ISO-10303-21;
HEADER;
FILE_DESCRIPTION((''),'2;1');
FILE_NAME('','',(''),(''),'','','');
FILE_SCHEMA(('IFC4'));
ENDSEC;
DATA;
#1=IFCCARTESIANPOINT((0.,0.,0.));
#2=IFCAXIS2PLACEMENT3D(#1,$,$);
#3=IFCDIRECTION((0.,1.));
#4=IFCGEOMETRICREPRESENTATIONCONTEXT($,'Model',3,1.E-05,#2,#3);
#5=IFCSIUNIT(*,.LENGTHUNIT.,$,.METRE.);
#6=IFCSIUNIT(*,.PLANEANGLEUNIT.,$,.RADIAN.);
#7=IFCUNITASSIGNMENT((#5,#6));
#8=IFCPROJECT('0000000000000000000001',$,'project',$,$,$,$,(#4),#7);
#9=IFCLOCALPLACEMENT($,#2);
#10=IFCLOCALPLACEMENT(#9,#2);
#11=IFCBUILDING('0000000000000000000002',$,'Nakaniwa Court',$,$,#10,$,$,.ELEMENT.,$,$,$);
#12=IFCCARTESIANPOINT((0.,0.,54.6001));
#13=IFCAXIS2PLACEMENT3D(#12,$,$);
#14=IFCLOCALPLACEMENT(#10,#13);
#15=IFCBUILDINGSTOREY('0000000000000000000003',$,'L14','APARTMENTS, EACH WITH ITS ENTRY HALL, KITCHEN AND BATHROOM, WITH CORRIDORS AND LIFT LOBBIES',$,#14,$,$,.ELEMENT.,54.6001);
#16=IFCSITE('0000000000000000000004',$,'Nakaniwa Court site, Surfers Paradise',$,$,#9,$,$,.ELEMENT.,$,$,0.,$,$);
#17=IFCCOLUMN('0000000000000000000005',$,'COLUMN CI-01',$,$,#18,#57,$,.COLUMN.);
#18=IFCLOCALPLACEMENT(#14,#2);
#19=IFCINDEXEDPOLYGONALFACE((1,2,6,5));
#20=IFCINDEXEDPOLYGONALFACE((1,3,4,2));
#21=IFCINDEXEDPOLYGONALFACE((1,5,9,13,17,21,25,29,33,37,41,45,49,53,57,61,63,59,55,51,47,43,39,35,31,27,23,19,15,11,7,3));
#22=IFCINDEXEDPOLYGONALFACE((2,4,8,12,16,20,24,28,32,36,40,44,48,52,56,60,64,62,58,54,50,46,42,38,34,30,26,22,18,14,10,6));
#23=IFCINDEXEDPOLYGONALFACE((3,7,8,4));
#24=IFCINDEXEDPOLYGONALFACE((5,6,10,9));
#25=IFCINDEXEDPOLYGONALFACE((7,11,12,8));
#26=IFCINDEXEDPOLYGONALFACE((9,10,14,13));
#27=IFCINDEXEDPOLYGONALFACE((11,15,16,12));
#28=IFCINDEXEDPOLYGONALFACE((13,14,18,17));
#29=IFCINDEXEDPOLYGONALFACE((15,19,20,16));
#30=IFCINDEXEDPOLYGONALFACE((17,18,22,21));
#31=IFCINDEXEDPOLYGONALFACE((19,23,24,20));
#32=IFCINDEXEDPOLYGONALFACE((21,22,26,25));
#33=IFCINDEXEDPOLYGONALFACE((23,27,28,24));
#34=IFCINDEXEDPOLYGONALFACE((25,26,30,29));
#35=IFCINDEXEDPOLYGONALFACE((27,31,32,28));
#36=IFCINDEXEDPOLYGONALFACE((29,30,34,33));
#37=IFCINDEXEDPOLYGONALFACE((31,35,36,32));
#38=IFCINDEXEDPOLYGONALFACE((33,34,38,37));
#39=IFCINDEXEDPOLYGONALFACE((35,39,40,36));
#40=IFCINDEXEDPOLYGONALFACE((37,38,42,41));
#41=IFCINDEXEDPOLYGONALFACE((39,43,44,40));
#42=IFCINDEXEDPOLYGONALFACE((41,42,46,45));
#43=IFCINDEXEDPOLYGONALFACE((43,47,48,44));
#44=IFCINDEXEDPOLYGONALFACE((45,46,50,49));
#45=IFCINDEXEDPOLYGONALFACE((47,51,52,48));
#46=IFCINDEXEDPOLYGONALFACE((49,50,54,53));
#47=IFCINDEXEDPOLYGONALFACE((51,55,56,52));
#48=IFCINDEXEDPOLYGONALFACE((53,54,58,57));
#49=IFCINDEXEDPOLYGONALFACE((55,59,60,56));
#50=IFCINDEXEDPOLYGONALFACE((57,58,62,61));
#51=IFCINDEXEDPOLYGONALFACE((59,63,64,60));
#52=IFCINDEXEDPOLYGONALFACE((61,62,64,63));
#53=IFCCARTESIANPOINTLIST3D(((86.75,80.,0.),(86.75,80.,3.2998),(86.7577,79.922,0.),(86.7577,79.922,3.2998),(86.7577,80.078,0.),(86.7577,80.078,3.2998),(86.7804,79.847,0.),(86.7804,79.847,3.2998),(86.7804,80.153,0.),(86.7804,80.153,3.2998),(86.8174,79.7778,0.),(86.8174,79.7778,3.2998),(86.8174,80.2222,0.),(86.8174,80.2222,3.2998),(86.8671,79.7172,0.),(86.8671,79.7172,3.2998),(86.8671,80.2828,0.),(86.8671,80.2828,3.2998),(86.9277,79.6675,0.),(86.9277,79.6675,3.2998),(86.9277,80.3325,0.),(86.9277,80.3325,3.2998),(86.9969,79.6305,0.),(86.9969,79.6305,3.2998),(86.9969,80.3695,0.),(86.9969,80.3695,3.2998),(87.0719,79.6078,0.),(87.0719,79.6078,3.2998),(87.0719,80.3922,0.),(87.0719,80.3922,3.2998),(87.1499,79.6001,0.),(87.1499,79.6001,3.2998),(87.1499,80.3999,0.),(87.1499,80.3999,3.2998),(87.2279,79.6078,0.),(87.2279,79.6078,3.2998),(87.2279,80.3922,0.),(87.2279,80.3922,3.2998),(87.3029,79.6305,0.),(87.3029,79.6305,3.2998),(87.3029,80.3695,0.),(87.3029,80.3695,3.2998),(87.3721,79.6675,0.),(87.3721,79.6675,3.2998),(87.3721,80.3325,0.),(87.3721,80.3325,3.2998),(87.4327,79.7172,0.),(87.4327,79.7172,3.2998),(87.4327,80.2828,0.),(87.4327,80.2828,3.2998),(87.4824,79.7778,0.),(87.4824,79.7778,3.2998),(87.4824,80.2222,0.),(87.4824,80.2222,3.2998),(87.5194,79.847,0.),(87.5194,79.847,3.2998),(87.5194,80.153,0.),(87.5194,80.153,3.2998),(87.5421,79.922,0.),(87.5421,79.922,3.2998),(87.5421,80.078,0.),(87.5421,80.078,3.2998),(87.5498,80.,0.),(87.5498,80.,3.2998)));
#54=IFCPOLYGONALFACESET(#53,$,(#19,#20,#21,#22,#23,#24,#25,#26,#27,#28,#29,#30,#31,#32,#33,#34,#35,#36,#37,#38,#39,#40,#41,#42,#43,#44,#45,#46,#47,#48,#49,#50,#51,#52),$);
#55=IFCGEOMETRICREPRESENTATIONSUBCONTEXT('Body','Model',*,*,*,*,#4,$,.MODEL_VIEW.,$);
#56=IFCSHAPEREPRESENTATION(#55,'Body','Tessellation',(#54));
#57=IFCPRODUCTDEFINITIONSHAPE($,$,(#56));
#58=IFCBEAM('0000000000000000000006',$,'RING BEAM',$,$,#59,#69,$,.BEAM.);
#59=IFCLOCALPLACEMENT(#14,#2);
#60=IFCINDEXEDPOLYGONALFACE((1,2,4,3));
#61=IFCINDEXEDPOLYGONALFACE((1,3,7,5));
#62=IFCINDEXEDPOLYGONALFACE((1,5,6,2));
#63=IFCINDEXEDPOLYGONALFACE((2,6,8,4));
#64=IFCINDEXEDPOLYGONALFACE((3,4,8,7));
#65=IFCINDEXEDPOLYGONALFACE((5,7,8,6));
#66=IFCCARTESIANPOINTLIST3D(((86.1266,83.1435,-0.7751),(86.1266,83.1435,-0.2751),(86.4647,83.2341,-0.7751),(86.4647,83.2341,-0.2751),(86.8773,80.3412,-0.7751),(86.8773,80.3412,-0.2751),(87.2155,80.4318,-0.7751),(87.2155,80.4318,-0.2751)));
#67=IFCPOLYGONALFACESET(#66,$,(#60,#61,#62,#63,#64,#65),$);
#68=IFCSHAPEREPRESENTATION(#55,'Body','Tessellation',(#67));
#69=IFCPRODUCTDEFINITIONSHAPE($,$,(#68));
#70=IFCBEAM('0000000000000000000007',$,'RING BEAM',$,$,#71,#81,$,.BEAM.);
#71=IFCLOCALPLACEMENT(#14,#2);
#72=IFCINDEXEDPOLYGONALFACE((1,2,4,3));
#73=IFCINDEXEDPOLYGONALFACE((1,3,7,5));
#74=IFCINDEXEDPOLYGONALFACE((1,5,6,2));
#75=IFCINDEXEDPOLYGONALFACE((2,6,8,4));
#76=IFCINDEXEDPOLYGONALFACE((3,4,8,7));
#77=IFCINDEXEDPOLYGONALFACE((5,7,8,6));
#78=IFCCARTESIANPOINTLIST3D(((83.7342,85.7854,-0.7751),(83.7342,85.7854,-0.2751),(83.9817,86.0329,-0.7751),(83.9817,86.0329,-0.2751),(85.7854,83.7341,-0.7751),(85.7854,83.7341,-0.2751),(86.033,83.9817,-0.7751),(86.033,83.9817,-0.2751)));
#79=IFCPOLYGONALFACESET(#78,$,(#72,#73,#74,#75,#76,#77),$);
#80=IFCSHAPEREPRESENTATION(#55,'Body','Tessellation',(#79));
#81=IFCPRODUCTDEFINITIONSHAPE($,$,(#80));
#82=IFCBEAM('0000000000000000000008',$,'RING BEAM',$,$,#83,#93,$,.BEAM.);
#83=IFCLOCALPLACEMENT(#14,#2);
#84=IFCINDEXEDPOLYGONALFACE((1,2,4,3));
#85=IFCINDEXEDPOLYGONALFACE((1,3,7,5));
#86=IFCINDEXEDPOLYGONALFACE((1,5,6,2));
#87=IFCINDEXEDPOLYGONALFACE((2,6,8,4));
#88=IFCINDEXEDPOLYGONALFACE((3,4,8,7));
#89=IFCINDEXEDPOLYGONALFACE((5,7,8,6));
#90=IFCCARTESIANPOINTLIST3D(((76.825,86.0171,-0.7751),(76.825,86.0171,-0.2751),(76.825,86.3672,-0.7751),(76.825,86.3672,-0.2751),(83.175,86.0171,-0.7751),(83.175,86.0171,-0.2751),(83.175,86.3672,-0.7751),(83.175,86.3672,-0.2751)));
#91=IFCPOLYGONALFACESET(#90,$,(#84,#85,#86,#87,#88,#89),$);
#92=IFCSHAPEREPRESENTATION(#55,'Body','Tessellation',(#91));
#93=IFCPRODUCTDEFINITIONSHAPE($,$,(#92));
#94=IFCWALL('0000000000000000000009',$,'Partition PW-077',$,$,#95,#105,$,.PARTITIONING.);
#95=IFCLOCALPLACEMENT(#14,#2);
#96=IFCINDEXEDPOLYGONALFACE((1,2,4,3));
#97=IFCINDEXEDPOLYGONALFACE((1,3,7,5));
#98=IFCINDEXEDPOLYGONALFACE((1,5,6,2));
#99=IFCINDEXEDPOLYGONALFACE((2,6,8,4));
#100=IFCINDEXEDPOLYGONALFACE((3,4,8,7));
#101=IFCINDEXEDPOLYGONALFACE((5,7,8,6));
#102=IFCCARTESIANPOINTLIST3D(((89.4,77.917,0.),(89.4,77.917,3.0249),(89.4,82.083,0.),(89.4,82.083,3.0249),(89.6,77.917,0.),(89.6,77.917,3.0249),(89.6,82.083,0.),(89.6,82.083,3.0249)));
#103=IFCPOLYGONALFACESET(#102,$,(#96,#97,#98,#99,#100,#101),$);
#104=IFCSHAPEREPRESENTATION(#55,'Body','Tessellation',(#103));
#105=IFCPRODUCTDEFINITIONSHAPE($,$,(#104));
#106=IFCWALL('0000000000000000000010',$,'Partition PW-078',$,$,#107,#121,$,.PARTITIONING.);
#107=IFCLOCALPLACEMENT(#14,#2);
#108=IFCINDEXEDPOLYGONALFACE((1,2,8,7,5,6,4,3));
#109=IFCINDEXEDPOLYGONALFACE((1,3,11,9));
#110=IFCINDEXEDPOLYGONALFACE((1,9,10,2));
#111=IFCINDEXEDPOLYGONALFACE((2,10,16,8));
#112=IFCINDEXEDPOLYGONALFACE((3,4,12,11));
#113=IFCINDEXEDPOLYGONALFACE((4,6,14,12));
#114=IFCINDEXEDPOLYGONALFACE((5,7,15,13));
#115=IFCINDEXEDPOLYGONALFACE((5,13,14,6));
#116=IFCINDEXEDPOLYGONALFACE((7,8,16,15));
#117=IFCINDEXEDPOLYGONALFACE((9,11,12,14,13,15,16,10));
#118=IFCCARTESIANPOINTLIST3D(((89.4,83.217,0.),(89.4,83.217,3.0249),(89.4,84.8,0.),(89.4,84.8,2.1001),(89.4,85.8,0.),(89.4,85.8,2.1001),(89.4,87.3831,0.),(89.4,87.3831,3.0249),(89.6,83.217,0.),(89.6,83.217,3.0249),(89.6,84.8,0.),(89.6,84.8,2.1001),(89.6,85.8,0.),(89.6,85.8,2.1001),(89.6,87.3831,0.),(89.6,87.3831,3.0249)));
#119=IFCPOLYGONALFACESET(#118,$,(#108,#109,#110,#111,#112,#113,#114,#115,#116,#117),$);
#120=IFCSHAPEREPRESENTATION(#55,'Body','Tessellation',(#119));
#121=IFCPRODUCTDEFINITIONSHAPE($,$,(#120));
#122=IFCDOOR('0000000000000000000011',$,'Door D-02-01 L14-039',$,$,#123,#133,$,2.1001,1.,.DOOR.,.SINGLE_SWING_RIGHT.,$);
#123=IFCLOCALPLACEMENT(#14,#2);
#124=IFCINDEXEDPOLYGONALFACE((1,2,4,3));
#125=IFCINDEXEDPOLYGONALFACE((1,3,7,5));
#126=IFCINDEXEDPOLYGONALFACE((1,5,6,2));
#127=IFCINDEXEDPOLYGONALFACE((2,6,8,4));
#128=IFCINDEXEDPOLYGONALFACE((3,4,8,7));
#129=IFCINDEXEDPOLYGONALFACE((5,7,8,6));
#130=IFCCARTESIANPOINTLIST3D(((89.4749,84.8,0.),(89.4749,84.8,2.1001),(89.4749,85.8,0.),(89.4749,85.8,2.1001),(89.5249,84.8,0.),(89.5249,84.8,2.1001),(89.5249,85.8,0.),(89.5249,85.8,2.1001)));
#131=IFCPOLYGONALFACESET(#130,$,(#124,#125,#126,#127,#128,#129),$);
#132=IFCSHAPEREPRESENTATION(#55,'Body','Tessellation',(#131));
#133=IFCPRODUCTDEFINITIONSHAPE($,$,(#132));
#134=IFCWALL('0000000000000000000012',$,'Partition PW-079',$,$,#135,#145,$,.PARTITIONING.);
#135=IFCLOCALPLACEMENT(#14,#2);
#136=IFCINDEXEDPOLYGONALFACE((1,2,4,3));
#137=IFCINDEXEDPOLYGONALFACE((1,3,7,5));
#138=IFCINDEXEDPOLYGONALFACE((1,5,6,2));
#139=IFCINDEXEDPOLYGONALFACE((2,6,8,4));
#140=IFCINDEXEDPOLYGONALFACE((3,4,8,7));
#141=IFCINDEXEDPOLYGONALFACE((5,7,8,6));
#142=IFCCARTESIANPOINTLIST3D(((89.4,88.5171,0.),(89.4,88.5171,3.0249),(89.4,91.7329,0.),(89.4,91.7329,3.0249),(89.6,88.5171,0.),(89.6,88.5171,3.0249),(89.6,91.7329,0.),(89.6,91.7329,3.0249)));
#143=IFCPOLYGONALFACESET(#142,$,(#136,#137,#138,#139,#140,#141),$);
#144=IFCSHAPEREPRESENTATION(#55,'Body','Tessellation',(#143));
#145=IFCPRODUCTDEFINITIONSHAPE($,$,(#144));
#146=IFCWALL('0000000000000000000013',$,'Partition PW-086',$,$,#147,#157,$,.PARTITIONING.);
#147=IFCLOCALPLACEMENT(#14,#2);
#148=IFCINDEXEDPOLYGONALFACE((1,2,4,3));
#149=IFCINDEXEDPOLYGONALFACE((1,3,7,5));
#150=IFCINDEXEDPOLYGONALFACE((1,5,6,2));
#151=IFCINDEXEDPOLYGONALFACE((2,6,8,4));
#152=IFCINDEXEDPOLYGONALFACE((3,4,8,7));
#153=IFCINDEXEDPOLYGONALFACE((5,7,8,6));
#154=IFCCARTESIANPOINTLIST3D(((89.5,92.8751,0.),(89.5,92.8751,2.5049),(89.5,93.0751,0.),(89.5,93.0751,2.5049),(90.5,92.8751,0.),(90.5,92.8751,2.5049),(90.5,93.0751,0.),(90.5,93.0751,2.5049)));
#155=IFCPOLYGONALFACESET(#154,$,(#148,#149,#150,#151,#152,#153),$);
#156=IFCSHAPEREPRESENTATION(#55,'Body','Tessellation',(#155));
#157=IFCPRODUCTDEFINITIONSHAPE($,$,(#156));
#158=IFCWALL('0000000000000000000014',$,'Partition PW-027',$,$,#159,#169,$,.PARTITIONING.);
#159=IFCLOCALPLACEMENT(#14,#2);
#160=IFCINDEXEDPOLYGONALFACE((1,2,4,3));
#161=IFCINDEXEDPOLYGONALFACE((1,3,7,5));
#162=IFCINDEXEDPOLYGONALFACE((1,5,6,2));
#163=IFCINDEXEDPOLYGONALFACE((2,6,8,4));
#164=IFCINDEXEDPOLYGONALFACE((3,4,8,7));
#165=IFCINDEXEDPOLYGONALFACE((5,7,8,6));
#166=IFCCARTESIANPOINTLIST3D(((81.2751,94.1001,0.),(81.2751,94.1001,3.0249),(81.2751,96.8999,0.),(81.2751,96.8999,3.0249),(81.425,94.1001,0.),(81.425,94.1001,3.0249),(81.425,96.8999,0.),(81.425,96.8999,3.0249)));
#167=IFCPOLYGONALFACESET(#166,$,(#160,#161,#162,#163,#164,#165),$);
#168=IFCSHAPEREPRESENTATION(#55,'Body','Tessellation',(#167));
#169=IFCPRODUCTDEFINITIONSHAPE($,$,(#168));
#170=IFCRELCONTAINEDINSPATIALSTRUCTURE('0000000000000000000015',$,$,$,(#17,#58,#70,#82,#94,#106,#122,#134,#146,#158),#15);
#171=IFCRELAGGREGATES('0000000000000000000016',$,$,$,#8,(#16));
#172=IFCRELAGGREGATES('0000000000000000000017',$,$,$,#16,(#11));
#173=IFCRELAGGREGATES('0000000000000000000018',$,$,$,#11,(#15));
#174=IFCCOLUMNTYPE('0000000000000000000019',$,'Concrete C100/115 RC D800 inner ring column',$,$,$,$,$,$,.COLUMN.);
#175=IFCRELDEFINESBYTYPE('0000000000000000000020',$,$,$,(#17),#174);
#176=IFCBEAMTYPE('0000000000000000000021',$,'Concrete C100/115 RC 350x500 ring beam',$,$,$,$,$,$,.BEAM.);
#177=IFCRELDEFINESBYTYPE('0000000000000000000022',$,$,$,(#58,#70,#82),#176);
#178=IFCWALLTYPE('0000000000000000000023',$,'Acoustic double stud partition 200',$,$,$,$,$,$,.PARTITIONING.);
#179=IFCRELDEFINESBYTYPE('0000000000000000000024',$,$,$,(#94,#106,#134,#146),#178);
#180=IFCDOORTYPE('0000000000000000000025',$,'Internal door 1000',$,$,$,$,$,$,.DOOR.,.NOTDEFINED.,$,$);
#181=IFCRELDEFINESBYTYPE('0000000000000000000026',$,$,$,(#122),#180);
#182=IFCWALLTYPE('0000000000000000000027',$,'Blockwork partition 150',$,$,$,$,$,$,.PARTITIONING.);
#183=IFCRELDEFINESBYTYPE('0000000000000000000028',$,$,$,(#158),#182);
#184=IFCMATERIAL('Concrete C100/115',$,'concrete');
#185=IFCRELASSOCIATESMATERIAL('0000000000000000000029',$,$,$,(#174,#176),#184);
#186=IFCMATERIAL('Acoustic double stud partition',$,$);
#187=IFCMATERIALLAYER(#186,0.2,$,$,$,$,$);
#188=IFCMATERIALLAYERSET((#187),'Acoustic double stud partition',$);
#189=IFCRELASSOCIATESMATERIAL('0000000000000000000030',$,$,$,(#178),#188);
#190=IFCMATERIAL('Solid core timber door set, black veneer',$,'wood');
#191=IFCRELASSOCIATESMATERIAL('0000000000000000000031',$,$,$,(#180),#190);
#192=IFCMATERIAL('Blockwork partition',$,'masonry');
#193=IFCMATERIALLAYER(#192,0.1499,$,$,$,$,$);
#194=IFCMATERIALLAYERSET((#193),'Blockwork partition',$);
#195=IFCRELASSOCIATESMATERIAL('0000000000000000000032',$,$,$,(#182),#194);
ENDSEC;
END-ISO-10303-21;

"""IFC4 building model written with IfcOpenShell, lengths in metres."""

from ifc_helpers import new_model, si_unit, direction, frame, frame_2d, origin, origin_2d, place, context, subcontext, project, spatial, rectangle, circle, extrude, material, layer, layer_set, material_profile, profile_set, type_object, element, fill, save


model = new_model("IFC4")

# Units and contexts
model_context = context("Model", 3, precision=1e-05, world=origin(), true_north=direction((0.0, 1.0)))
body_context = subcontext(model_context, "Body", "Model", "MODEL_VIEW")
ifc_project = project(units=[si_unit("LENGTHUNIT", "METRE"), si_unit("PLANEANGLEUNIT", "RADIAN")], contexts=[model_context])

# Site, building, storey
site_placement = place(None, origin())
site = spatial("IfcSite", under=ifc_project, at=site_placement, Name="Nakaniwa Court site, Surfers Paradise", CompositionType="ELEMENT", RefElevation=0.0)
building_placement = place(site_placement, origin())
building = spatial("IfcBuilding", under=site, at=building_placement, Name="Nakaniwa Court", CompositionType="ELEMENT")
storey_placement = place(building_placement, frame((0.0, 0.0, 54.6001)))
storey = spatial("IfcBuildingStorey", under=building, at=storey_placement, Name="L14", Description="APARTMENTS, EACH WITH ITS ENTRY HALL, KITCHEN AND BATHROOM, WITH CORRIDORS AND LIFT LOBBIES", CompositionType="ELEMENT", Elevation=54.6001)

# Column
ifc_material_1 = material(Name="Concrete C100/115", Category="concrete")
ifc_material_profile_1 = material_profile(ifc_material_1, circle(Radius=0.3999, at=origin_2d()), Name="Concrete C100/115 RC D800 inner ring column")
ifc_profile_set_1 = profile_set([ifc_material_profile_1], Name="Concrete C100/115")
column_type = type_object("IfcColumnType", Name="Concrete C100/115 RC D800 inner ring column", PredefinedType="COLUMN", material=ifc_profile_set_1)
for number, where, z_axis, x_axis, name in (
    (1, (87.1499, 80.0, 0.0), (0.0, 0.0, 1.0), (0.0, 1.0, 0.0), "COLUMN CI-01"),
):
    element("IfcColumn", number, at=place(storey_placement, frame(where, z_axis=z_axis, x_axis=x_axis)), inside=storey, type_object=column_type, Name=name, PredefinedType="COLUMN", context=body_context, shape_type="SweptSolid", body=[
        extrude(circle(Radius=0.3999, at=origin_2d()), origin(), (0.0, 0.0, 1.0), 3.2998),
    ])

# Beams
ifc_material_profile_2 = material_profile(ifc_material_1, rectangle(XDim=0.3501, YDim=0.5, at=origin_2d()), Name="Concrete C100/115 RC 350x500 ring beam")
ifc_profile_set_2 = profile_set([ifc_material_profile_2], Name="Concrete C100/115")
beam_type = type_object("IfcBeamType", Name="Concrete C100/115 RC 350x500 ring beam", PredefinedType="BEAM", material=ifc_profile_set_2)
beam_1_placement = place(storey_placement, frame((87.0464, 80.3865, -0.5251), z_axis=(-0.258778, 0.965937, 0.0), x_axis=(-0.965937, -0.258778, 0.0)))
element("IfcBeam", 2, at=beam_1_placement, inside=storey, type_object=beam_type, Name="RING BEAM", PredefinedType="BEAM", context=body_context, shape_type="SweptSolid", body=[
    extrude(rectangle(XDim=0.3501, YDim=0.5, at=origin_2d()), origin(), (0.0, 0.0, 1.0), 2.9011),
])
beam_2_placement = place(storey_placement, frame((85.9092, 83.8579, -0.5251), z_axis=(-0.707107, 0.707107, 0.0), x_axis=(-0.707107, -0.707107, 0.0)))
element("IfcBeam", 3, at=beam_2_placement, inside=storey, type_object=beam_type, Name="RING BEAM", PredefinedType="BEAM", context=body_context, shape_type="SweptSolid", body=[
    extrude(rectangle(XDim=0.3501, YDim=0.5, at=origin_2d()), origin(), (0.0, 0.0, 1.0), 2.9009),
])
beam_3_placement = place(storey_placement, frame((83.175, 86.1921, -0.5251), z_axis=(-1.0, 0.0, 0.0), x_axis=(0.0, -1.0, 0.0)))
element("IfcBeam", 4, at=beam_3_placement, inside=storey, type_object=beam_type, Name="RING BEAM", PredefinedType="BEAM", context=body_context, shape_type="SweptSolid", body=[
    extrude(rectangle(XDim=0.3501, YDim=0.5, at=origin_2d()), origin(), (0.0, 0.0, 1.0), 6.3501),
])

# Wall
ifc_material_2 = material(Name="Acoustic double stud partition")
ifc_layer_1 = layer(ifc_material_2, 0.2)
ifc_layer_set_1 = layer_set([ifc_layer_1], Name="Acoustic double stud partition")
wall_type_1 = type_object("IfcWallType", Name="Acoustic double stud partition 200", PredefinedType="PARTITIONING", material=ifc_layer_set_1)
wall_1_placement = place(storey_placement, frame((89.5, 77.917, 0.0), z_axis=(0.0, 0.0, 1.0), x_axis=(0.0, 1.0, 0.0)))
element("IfcWall", 5, at=wall_1_placement, inside=storey, type_object=wall_type_1, Name="Partition PW-077", PredefinedType="PARTITIONING", context=body_context, shape_type="SweptSolid", body=[
    extrude(rectangle(XDim=4.166, YDim=0.2, at=frame_2d((2.083, 0.0))), origin(), (0.0, 0.0, 1.0), 3.0249),
])

# Wall, opening, door
wall_2_placement = place(storey_placement, frame((89.5, 87.3831, 0.0), z_axis=(0.0, 0.0, 1.0), x_axis=(0.0, -1.0, 0.0)))
wall_2 = element("IfcWall", 6, at=wall_2_placement, inside=storey, type_object=wall_type_1, Name="Partition PW-078", PredefinedType="PARTITIONING", context=body_context, shape_type="SweptSolid", body=[
    extrude(rectangle(XDim=4.166, YDim=0.2, at=frame_2d((2.083, 0.0))), origin(), (0.0, 0.0, 1.0), 3.0249),
])
opening_1_placement = place(wall_2_placement, frame((1.583, 0.0, 0.0)))
opening_1 = element("IfcOpeningElement", 7, at=opening_1_placement, cuts=wall_2, PredefinedType="OPENING", context=body_context, shape_type="SweptSolid", body=[
    extrude(rectangle(XDim=1.0, YDim=2.1001, at=frame_2d((0.5, 1.05))), frame((0.0, 0.1099, 0.0), z_axis=(0.0, -1.0, 0.0), x_axis=(1.0, 0.0, 0.0)), (0.0, 0.0, 1.0), 0.22),
])
ifc_material_3 = material(Name="Solid core timber door set, black veneer", Category="wood")
door_type_1 = type_object("IfcDoorType", Name="Internal door 1000", OperationType="NOTDEFINED", PredefinedType="DOOR", material=ifc_material_3)
door_1_placement = place(opening_1_placement, origin())
door_1 = element("IfcDoor", 8, at=door_1_placement, inside=storey, type_object=door_type_1, Name="Door D-02-01 L14-039", OperationType="SINGLE_SWING_RIGHT", OverallHeight=2.1001, OverallWidth=1.0, PredefinedType="DOOR", context=body_context, shape_type="SweptSolid", body=[
    extrude(rectangle(XDim=1.0, YDim=2.1001, at=frame_2d((0.5, 1.05))), frame((0.0, 0.0249, 0.0), z_axis=(0.0, -1.0, 0.0), x_axis=(1.0, 0.0, 0.0)), (0.0, 0.0, 1.0), 0.05),
])
fill(opening_1, door_1)

# Walls
wall_3_placement = place(storey_placement, frame((89.5, 88.5171, 0.0), z_axis=(0.0, 0.0, 1.0), x_axis=(0.0, 1.0, 0.0)))
element("IfcWall", 9, at=wall_3_placement, inside=storey, type_object=wall_type_1, Name="Partition PW-079", PredefinedType="PARTITIONING", context=body_context, shape_type="SweptSolid", body=[
    extrude(rectangle(XDim=3.2158, YDim=0.2, at=frame_2d((1.6079, 0.0))), origin(), (0.0, 0.0, 1.0), 3.0249),
])
wall_4_placement = place(storey_placement, frame((89.5, 92.9751, 0.0), z_axis=(0.0, 0.0, 1.0), x_axis=(1.0, 0.0, 0.0)))
element("IfcWall", 10, at=wall_4_placement, inside=storey, type_object=wall_type_1, Name="Partition PW-086", PredefinedType="PARTITIONING", context=body_context, shape_type="SweptSolid", body=[
    extrude(rectangle(XDim=1.0, YDim=0.2, at=frame_2d((0.5, 0.0))), origin(), (0.0, 0.0, 1.0), 2.5049),
])
ifc_material_4 = material(Name="Blockwork partition", Category="masonry")
ifc_layer_2 = layer(ifc_material_4, 0.1499)
ifc_layer_set_2 = layer_set([ifc_layer_2], Name="Blockwork partition")
wall_type_2 = type_object("IfcWallType", Name="Blockwork partition 150", PredefinedType="PARTITIONING", material=ifc_layer_set_2)
wall_5_placement = place(storey_placement, frame((81.3501, 94.1001, 0.0), z_axis=(0.0, 0.0, 1.0), x_axis=(0.0, 1.0, 0.0)))
element("IfcWall", 11, at=wall_5_placement, inside=storey, type_object=wall_type_2, Name="Partition PW-027", PredefinedType="PARTITIONING", context=body_context, shape_type="SweptSolid", body=[
    extrude(rectangle(XDim=2.7998, YDim=0.1499, at=frame_2d((1.3999, 0.0))), origin(), (0.0, 0.0, 1.0), 3.0249),
])

save(model, "model.ifc")
